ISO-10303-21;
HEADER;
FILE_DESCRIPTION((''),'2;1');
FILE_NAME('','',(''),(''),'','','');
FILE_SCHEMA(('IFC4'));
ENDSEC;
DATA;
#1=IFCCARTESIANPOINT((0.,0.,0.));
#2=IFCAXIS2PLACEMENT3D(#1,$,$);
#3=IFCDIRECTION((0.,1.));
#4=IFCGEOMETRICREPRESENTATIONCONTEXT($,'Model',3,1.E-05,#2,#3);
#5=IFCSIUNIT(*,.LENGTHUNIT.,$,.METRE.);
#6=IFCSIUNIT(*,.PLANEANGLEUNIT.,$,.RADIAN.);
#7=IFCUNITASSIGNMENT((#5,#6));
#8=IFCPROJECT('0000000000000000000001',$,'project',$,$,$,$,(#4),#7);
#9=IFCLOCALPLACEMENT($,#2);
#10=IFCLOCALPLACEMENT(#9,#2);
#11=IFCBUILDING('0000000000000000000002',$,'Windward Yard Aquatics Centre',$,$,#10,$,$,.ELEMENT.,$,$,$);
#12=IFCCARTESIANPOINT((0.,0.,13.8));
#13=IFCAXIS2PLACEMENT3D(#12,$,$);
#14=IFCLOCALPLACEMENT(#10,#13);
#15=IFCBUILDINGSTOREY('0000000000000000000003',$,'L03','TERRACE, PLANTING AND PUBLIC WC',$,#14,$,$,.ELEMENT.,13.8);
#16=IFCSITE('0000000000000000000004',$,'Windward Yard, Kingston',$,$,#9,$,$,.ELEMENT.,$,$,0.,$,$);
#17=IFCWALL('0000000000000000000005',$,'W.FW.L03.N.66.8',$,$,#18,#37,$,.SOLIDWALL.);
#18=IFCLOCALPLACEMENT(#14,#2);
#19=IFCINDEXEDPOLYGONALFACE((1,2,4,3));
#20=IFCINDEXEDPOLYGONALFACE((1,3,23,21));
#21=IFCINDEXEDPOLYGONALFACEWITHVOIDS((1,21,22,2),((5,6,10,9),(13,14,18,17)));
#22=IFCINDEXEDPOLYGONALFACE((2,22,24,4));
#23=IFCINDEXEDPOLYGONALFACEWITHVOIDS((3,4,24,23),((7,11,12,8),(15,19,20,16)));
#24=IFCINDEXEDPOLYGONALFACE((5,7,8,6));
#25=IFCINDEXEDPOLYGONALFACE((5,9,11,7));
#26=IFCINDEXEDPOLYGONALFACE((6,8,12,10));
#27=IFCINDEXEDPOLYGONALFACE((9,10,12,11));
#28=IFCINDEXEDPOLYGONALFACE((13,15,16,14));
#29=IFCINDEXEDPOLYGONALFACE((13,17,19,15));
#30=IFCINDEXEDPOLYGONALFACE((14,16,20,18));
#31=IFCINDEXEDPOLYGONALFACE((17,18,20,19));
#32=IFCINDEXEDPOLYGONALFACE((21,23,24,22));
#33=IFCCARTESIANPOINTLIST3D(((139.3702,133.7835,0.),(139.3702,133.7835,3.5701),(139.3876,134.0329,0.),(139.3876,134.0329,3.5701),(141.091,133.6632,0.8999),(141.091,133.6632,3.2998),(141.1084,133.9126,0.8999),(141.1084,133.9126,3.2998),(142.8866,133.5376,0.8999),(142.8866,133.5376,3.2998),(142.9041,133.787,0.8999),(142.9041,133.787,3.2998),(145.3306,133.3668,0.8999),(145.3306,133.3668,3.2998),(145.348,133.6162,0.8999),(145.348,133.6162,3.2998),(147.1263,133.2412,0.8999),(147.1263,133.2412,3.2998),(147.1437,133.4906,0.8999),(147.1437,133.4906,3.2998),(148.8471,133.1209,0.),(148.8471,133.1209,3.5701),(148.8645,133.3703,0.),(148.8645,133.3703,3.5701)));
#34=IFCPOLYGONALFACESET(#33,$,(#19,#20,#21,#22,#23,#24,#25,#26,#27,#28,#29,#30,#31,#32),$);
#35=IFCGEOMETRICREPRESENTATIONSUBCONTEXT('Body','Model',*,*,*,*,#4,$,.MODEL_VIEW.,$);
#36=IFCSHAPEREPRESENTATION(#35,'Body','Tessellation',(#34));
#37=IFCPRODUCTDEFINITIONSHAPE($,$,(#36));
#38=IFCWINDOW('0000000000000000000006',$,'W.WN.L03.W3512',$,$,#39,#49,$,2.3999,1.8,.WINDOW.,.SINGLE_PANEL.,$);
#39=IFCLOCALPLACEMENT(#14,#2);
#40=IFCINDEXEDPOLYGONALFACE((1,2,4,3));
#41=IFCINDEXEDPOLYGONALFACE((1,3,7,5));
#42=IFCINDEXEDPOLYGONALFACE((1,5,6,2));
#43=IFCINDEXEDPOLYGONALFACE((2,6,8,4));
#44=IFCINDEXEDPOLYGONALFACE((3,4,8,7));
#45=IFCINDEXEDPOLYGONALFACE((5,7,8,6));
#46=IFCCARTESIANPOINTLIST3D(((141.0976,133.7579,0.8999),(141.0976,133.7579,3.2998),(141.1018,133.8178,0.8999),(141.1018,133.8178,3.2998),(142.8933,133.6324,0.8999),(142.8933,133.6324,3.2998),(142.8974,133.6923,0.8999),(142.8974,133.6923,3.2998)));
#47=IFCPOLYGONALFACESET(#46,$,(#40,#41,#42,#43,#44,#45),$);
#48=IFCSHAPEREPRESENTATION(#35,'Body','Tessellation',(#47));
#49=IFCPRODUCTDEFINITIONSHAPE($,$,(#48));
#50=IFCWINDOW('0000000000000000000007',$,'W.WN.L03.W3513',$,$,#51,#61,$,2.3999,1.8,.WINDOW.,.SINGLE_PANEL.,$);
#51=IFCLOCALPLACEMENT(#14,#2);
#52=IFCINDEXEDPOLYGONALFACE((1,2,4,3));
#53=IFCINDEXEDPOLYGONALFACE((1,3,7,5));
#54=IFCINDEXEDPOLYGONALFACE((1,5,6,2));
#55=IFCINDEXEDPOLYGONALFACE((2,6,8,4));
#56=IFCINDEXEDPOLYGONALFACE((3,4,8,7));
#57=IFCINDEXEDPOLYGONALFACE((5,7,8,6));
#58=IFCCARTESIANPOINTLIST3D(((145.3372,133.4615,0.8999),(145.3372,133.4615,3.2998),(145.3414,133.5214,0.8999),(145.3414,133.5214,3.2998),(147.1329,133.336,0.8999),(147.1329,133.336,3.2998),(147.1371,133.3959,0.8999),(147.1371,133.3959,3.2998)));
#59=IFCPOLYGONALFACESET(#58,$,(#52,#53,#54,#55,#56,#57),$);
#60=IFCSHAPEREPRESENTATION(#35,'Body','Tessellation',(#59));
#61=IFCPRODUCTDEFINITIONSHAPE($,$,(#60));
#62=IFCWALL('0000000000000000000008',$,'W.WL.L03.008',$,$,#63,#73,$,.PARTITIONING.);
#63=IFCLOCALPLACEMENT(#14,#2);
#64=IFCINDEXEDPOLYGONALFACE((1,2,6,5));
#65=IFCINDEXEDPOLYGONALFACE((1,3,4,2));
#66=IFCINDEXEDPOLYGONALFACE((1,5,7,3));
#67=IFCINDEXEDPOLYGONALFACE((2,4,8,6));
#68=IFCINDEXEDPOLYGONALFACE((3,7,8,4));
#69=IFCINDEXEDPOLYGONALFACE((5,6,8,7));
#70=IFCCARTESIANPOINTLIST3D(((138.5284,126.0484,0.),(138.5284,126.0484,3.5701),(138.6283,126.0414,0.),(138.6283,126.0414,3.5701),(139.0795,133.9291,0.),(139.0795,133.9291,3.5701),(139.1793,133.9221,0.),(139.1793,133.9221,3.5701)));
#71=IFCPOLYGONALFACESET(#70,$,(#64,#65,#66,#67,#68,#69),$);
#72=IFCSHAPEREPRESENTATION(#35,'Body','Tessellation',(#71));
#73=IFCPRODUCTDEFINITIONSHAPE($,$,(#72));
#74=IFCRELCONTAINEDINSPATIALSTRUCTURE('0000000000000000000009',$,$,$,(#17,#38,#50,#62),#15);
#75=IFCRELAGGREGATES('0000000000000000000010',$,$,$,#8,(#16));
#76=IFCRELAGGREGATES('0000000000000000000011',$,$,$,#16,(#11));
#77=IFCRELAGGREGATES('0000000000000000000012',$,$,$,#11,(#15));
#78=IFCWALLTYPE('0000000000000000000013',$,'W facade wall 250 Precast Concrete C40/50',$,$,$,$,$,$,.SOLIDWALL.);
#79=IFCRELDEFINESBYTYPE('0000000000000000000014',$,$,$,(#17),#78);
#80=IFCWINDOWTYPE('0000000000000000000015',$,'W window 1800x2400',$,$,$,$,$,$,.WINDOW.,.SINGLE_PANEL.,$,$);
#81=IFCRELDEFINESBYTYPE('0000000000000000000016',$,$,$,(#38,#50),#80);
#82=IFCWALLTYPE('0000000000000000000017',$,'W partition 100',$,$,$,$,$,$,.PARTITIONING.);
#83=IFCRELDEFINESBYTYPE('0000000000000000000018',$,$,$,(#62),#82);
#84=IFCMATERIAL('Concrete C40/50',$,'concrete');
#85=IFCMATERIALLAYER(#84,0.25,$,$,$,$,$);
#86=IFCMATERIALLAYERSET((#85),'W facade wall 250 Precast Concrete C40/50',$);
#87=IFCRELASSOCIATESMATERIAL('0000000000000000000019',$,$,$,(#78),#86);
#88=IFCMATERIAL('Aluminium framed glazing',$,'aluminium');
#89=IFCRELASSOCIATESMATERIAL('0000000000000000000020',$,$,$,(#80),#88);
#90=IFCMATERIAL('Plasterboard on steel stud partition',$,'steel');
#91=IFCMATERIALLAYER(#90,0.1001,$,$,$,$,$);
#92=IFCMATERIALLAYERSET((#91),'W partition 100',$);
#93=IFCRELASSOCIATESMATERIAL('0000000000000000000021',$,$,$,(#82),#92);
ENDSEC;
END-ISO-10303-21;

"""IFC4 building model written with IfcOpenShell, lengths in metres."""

from ifc_helpers import new_model, si_unit, direction, frame, frame_2d, origin, place, context, subcontext, project, spatial, rectangle, extrude, material, layer, layer_set, type_object, element, fill, save


model = new_model("IFC4")

# Units and contexts
model_context = context("Model", 3, precision=1e-05, world=origin(), true_north=direction((0.0, 1.0)))
body_context = subcontext(model_context, "Body", "Model", "MODEL_VIEW")
ifc_project = project(units=[si_unit("LENGTHUNIT", "METRE"), si_unit("PLANEANGLEUNIT", "RADIAN")], contexts=[model_context])

# Site, building, storey
site_placement = place(None, origin())
site = spatial("IfcSite", under=ifc_project, at=site_placement, Name="Windward Yard, Kingston", CompositionType="ELEMENT", RefElevation=0.0)
building_placement = place(site_placement, origin())
building = spatial("IfcBuilding", under=site, at=building_placement, Name="Windward Yard Aquatics Centre", CompositionType="ELEMENT")
storey_placement = place(building_placement, frame((0.0, 0.0, 13.8)))
storey = spatial("IfcBuildingStorey", under=building, at=storey_placement, Name="L03", Description="TERRACE, PLANTING AND PUBLIC WC", CompositionType="ELEMENT", Elevation=13.8)

# Shared definitions
ifc_material_1 = material(Name="Concrete C40/50", Category="concrete")

# Wall, openings, windows
ifc_layer_1 = layer(ifc_material_1, 0.25)
ifc_layer_set_1 = layer_set([ifc_layer_1], Name="W facade wall 250 Precast Concrete C40/50")
wall_type_1 = type_object("IfcWallType", Name="W facade wall 250 Precast Concrete C40/50", PredefinedType="SOLIDWALL", material=ifc_layer_set_1)
wall_1_placement = place(storey_placement, frame((139.3789, 133.9082, 0.0), z_axis=(0.0, 0.0, 1.0), x_axis=(0.997565, -0.069748, 0.0)))
wall_1 = element("IfcWall", 1, at=wall_1_placement, inside=storey, type_object=wall_type_1, Name="W.FW.L03.N.66.8", PredefinedType="SOLIDWALL", context=body_context, shape_type="SweptSolid", body=[
    extrude(rectangle(XDim=9.5, YDim=0.25, at=frame_2d((4.75, 0.0))), origin(), (0.0, 0.0, 1.0), 3.5701),
])
opening_1_placement = place(wall_1_placement, frame((1.7251, 0.0, 0.8999)))
opening_1 = element("IfcOpeningElement", 2, at=opening_1_placement, cuts=wall_1, PredefinedType="OPENING", context=body_context, shape_type="SweptSolid", body=[
    extrude(rectangle(XDim=1.8, YDim=2.3999, at=frame_2d((0.8999, 1.2))), frame((0.0, 0.135, 0.0), z_axis=(0.0, -1.0, 0.0), x_axis=(1.0, 0.0, 0.0)), (0.0, 0.0, 1.0), 0.27),
])
opening_2_placement = place(wall_1_placement, frame((5.9751, 0.0, 0.8999)))
opening_2 = element("IfcOpeningElement", 3, at=opening_2_placement, cuts=wall_1, PredefinedType="OPENING", context=body_context, shape_type="SweptSolid", body=[
    extrude(rectangle(XDim=1.8, YDim=2.3999, at=frame_2d((0.8999, 1.2))), frame((0.0, 0.135, 0.0), z_axis=(0.0, -1.0, 0.0), x_axis=(1.0, 0.0, 0.0)), (0.0, 0.0, 1.0), 0.27),
])
ifc_material_2 = material(Name="Aluminium framed glazing", Category="aluminium")
window_type = type_object("IfcWindowType", Name="W window 1800x2400", PartitioningType="SINGLE_PANEL", PredefinedType="WINDOW", material=ifc_material_2)
window_1_placement = place(opening_1_placement, origin())
window_1 = element("IfcWindow", 4, at=window_1_placement, inside=storey, type_object=window_type, Name="W.WN.L03.W3512", OverallHeight=2.3999, OverallWidth=1.8, PartitioningType="SINGLE_PANEL", PredefinedType="WINDOW", context=body_context, shape_type="SweptSolid", body=[
    extrude(rectangle(XDim=1.8, YDim=2.3999, at=frame_2d((0.8999, 1.2))), frame((0.0, 0.03, 0.0), z_axis=(0.0, -1.0, 0.0), x_axis=(1.0, 0.0, 0.0)), (0.0, 0.0, 1.0), 0.0601),
])
fill(opening_1, window_1)
window_2_placement = place(opening_2_placement, origin())
window_2 = element("IfcWindow", 5, at=window_2_placement, inside=storey, type_object=window_type, Name="W.WN.L03.W3513", OverallHeight=2.3999, OverallWidth=1.8, PartitioningType="SINGLE_PANEL", PredefinedType="WINDOW", context=body_context, shape_type="SweptSolid", body=[
    extrude(rectangle(XDim=1.8, YDim=2.3999, at=frame_2d((0.8999, 1.2))), frame((0.0, 0.03, 0.0), z_axis=(0.0, -1.0, 0.0), x_axis=(1.0, 0.0, 0.0)), (0.0, 0.0, 1.0), 0.0601),
])
fill(opening_2, window_2)

# Wall
ifc_material_3 = material(Name="Plasterboard on steel stud partition", Category="steel")
ifc_layer_2 = layer(ifc_material_3, 0.1001)
ifc_layer_set_2 = layer_set([ifc_layer_2], Name="W partition 100")
wall_type_2 = type_object("IfcWallType", Name="W partition 100", PredefinedType="PARTITIONING", material=ifc_layer_set_2)
wall_2_placement = place(storey_placement, frame((138.5784, 126.0449, 0.0), z_axis=(0.0, 0.0, 1.0), x_axis=(0.069751, 0.997564, 0.0)))
element("IfcWall", 6, at=wall_2_placement, inside=storey, type_object=wall_type_2, Name="W.WL.L03.008", PredefinedType="PARTITIONING", context=body_context, shape_type="SweptSolid", body=[
    extrude(rectangle(XDim=7.8999, YDim=0.1001, at=frame_2d((3.95, 0.0))), origin(), (0.0, 0.0, 1.0), 3.5701),
])

save(model, "model.ifc")
